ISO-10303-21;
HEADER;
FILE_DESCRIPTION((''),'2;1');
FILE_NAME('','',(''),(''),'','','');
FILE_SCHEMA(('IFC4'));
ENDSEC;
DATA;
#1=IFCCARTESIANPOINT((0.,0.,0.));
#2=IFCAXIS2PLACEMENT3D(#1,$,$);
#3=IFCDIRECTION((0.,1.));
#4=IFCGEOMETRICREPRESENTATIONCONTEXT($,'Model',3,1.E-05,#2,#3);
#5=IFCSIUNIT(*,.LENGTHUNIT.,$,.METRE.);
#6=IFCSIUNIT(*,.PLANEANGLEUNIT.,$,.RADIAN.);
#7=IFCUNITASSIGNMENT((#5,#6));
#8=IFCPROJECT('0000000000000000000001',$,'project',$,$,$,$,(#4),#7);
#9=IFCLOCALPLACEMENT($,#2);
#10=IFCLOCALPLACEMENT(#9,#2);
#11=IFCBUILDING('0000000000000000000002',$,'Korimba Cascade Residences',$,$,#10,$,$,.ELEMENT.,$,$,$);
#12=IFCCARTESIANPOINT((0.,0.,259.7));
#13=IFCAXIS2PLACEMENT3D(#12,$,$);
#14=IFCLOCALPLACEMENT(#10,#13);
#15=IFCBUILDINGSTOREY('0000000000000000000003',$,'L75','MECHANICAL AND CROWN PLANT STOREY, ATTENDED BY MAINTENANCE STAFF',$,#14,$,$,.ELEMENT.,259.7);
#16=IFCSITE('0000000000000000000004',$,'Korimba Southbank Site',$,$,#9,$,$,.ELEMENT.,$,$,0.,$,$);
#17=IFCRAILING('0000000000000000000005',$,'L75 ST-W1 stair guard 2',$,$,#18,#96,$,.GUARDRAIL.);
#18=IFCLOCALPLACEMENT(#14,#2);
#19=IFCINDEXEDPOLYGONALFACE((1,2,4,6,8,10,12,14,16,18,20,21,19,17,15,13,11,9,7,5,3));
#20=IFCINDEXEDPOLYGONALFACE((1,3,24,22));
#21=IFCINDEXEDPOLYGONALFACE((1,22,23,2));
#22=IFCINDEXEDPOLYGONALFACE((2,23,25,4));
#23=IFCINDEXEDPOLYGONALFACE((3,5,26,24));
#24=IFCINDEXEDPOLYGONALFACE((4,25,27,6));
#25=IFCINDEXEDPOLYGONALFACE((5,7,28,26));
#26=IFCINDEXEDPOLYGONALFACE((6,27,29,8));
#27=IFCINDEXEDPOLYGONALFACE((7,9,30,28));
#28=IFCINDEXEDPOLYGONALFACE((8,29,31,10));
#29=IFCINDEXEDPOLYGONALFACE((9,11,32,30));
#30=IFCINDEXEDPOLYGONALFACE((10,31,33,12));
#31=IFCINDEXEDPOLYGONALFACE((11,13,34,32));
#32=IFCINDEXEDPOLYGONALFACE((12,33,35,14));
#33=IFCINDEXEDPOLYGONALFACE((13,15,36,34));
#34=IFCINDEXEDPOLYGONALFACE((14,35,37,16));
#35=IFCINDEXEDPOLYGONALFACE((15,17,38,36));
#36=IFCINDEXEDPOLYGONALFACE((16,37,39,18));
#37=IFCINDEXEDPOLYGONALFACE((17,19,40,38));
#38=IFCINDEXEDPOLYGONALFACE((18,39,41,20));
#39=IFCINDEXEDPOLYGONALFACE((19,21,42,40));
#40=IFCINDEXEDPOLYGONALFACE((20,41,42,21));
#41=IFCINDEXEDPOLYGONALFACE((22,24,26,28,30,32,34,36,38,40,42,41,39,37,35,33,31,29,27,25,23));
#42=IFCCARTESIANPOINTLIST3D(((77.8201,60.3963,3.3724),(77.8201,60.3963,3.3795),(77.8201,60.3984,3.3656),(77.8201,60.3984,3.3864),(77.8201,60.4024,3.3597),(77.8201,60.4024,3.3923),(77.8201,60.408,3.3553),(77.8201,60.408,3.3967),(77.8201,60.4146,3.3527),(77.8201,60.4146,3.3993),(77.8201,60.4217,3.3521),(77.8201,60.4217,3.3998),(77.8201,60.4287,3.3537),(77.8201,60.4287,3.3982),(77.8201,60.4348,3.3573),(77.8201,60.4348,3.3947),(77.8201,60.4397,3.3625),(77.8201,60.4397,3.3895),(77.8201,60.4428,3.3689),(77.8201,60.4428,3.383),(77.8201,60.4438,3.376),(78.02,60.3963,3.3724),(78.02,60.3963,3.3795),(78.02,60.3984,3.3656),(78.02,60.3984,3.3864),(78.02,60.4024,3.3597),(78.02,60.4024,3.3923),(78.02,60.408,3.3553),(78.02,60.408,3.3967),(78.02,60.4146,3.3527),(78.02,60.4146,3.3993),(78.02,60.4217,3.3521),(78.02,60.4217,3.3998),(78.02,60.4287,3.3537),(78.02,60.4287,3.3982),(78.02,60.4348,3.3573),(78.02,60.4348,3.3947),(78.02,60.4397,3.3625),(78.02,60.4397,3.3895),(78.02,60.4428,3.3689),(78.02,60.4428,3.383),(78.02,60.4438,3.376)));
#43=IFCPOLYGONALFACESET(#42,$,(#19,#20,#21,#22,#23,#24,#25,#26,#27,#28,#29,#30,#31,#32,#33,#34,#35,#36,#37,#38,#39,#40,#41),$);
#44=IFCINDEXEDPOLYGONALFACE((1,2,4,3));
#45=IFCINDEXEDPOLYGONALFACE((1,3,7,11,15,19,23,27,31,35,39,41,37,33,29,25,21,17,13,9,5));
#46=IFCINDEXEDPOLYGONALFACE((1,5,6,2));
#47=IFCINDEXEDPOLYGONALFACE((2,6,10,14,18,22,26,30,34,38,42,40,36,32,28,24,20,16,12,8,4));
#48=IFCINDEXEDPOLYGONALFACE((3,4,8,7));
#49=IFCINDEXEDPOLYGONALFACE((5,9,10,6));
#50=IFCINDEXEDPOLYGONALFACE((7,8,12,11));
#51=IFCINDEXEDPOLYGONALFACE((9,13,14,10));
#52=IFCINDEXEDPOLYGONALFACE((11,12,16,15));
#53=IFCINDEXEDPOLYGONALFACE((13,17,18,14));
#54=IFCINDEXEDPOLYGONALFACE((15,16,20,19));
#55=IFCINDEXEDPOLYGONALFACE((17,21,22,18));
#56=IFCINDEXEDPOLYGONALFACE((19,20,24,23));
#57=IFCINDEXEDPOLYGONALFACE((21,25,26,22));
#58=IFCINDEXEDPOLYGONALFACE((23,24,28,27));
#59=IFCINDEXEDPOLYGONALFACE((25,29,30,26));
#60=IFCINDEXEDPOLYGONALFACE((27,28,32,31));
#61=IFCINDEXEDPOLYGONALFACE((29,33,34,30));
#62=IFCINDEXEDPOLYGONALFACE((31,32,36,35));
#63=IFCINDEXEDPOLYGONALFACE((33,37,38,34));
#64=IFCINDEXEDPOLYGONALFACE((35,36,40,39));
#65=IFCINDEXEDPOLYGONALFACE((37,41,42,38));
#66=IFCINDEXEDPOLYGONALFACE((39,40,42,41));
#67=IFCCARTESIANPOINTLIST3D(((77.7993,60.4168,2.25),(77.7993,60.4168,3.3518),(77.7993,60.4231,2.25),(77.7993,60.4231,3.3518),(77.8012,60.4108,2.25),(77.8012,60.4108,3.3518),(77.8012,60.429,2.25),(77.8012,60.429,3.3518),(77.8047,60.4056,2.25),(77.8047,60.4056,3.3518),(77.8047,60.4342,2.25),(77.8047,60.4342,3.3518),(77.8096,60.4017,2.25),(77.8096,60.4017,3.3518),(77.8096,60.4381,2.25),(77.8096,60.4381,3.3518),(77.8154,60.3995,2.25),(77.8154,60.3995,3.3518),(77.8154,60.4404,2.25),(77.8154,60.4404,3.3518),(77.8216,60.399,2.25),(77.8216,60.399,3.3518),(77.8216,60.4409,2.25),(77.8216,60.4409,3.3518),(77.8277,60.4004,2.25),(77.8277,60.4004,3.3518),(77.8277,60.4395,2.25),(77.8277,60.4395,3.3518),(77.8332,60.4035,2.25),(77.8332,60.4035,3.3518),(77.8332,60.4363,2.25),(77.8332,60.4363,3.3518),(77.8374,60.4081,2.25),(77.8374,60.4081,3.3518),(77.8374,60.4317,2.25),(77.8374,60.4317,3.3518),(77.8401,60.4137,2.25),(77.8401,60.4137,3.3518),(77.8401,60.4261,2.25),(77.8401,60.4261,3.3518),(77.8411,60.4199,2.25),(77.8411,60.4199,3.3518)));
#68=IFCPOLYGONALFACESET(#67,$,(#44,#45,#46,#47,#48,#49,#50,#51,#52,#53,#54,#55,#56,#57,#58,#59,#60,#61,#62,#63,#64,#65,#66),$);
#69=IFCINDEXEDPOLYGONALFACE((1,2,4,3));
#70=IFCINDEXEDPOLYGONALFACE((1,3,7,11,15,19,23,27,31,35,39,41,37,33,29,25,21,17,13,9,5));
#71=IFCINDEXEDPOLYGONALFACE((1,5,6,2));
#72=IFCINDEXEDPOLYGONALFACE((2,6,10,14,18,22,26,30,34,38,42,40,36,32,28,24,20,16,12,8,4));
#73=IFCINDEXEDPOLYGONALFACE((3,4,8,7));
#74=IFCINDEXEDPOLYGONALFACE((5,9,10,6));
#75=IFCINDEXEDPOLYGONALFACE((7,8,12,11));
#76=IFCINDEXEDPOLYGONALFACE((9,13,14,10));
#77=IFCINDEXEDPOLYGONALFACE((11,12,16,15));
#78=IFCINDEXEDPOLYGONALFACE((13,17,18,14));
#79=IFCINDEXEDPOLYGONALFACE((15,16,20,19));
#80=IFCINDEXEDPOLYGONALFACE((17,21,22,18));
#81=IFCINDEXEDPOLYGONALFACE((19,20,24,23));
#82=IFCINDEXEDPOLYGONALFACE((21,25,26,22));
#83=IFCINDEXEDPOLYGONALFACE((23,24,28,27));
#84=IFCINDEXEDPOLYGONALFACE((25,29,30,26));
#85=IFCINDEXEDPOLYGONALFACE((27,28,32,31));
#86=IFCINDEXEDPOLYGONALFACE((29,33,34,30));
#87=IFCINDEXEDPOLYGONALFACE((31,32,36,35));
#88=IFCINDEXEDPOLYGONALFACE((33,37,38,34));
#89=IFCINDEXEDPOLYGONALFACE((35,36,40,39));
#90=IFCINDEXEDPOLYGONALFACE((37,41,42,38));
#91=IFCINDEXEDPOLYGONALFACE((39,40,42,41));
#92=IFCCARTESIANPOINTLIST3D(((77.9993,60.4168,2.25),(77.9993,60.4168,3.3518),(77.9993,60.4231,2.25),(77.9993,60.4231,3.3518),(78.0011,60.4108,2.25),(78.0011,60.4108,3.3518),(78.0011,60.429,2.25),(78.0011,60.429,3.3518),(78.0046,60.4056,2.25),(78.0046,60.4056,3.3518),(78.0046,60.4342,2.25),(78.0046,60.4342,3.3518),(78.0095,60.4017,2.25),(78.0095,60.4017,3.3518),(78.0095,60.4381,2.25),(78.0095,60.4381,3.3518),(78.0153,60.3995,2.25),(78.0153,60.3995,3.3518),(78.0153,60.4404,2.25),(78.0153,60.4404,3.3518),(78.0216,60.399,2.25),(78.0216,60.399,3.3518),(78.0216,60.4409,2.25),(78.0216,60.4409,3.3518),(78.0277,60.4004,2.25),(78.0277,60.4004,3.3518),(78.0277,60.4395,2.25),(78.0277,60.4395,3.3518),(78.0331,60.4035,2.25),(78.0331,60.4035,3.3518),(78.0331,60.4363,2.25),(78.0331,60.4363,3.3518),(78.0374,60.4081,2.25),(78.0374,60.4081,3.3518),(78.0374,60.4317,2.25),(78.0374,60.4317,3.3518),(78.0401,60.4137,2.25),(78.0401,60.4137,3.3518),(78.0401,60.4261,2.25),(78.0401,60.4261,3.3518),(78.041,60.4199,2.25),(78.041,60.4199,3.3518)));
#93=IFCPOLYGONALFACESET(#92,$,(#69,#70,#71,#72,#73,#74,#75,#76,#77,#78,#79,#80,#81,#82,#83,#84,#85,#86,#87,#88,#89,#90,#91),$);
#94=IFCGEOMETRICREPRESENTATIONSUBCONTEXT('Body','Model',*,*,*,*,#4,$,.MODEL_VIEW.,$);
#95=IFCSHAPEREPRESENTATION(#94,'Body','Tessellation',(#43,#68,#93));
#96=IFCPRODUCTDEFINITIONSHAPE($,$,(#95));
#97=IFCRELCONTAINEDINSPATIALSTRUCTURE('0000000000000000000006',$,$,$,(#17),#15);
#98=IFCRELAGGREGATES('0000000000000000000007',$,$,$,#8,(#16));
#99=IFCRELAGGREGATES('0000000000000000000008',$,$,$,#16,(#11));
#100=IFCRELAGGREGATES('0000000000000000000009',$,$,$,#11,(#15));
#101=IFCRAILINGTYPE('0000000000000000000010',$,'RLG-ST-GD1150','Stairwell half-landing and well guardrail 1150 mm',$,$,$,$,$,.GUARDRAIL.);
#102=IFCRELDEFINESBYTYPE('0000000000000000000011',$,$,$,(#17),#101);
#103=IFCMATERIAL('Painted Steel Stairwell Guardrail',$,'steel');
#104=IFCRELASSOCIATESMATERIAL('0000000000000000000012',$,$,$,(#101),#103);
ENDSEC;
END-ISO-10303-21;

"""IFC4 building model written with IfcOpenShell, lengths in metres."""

from ifc_helpers import new_model, si_unit, direction, frame, origin, origin_2d, place, context, subcontext, project, spatial, circle, extrude, material, type_object, element, save


model = new_model("IFC4")

# Units and contexts
model_context = context("Model", 3, precision=1e-05, world=origin(), true_north=direction((0.0, 1.0)))
body_context = subcontext(model_context, "Body", "Model", "MODEL_VIEW")
ifc_project = project(units=[si_unit("LENGTHUNIT", "METRE"), si_unit("PLANEANGLEUNIT", "RADIAN")], contexts=[model_context])

# Site, building, storey
site_placement = place(None, origin())
site = spatial("IfcSite", under=ifc_project, at=site_placement, Name="Korimba Southbank Site", CompositionType="ELEMENT", RefElevation=0.0)
building_placement = place(site_placement, origin())
building = spatial("IfcBuilding", under=site, at=building_placement, Name="Korimba Cascade Residences", CompositionType="ELEMENT")
storey_placement = place(building_placement, frame((0.0, 0.0, 259.7)))
storey = spatial("IfcBuildingStorey", under=building, at=storey_placement, Name="L75", Description="MECHANICAL AND CROWN PLANT STOREY, ATTENDED BY MAINTENANCE STAFF", CompositionType="ELEMENT", Elevation=259.7)

# Railing
ifc_material_1 = material(Name="Painted Steel Stairwell Guardrail", Category="steel")
railing_type_1 = type_object("IfcRailingType", Name="RLG-ST-GD1150", Description="Stairwell half-landing and well guardrail 1150 mm", PredefinedType="GUARDRAIL", material=ifc_material_1)
railing_1_placement = place(storey_placement, frame((77.8201, 60.4199, 2.25)))
element("IfcRailing", 1, at=railing_1_placement, inside=storey, type_object=railing_type_1, Name="L75 ST-W1 stair guard 2", PredefinedType="GUARDRAIL", context=body_context, shape_type="SweptSolid", body=[
    extrude(circle(Radius=0.0239, at=origin_2d()), frame((0.0, 0.0, 1.126), z_axis=(1.0, 0.0, 0.0), x_axis=(0.0, 1.0, 0.0)), (0.0, 0.0, 1.0), 0.2),
    extrude(circle(Radius=0.021, at=origin_2d()), origin(), (0.0, 0.0, 1.0), 1.1018),
    extrude(circle(Radius=0.021, at=origin_2d()), frame((0.2, 0.0, 0.0)), (0.0, 0.0, 1.0), 1.1018),
])

save(model, "model.ifc")
